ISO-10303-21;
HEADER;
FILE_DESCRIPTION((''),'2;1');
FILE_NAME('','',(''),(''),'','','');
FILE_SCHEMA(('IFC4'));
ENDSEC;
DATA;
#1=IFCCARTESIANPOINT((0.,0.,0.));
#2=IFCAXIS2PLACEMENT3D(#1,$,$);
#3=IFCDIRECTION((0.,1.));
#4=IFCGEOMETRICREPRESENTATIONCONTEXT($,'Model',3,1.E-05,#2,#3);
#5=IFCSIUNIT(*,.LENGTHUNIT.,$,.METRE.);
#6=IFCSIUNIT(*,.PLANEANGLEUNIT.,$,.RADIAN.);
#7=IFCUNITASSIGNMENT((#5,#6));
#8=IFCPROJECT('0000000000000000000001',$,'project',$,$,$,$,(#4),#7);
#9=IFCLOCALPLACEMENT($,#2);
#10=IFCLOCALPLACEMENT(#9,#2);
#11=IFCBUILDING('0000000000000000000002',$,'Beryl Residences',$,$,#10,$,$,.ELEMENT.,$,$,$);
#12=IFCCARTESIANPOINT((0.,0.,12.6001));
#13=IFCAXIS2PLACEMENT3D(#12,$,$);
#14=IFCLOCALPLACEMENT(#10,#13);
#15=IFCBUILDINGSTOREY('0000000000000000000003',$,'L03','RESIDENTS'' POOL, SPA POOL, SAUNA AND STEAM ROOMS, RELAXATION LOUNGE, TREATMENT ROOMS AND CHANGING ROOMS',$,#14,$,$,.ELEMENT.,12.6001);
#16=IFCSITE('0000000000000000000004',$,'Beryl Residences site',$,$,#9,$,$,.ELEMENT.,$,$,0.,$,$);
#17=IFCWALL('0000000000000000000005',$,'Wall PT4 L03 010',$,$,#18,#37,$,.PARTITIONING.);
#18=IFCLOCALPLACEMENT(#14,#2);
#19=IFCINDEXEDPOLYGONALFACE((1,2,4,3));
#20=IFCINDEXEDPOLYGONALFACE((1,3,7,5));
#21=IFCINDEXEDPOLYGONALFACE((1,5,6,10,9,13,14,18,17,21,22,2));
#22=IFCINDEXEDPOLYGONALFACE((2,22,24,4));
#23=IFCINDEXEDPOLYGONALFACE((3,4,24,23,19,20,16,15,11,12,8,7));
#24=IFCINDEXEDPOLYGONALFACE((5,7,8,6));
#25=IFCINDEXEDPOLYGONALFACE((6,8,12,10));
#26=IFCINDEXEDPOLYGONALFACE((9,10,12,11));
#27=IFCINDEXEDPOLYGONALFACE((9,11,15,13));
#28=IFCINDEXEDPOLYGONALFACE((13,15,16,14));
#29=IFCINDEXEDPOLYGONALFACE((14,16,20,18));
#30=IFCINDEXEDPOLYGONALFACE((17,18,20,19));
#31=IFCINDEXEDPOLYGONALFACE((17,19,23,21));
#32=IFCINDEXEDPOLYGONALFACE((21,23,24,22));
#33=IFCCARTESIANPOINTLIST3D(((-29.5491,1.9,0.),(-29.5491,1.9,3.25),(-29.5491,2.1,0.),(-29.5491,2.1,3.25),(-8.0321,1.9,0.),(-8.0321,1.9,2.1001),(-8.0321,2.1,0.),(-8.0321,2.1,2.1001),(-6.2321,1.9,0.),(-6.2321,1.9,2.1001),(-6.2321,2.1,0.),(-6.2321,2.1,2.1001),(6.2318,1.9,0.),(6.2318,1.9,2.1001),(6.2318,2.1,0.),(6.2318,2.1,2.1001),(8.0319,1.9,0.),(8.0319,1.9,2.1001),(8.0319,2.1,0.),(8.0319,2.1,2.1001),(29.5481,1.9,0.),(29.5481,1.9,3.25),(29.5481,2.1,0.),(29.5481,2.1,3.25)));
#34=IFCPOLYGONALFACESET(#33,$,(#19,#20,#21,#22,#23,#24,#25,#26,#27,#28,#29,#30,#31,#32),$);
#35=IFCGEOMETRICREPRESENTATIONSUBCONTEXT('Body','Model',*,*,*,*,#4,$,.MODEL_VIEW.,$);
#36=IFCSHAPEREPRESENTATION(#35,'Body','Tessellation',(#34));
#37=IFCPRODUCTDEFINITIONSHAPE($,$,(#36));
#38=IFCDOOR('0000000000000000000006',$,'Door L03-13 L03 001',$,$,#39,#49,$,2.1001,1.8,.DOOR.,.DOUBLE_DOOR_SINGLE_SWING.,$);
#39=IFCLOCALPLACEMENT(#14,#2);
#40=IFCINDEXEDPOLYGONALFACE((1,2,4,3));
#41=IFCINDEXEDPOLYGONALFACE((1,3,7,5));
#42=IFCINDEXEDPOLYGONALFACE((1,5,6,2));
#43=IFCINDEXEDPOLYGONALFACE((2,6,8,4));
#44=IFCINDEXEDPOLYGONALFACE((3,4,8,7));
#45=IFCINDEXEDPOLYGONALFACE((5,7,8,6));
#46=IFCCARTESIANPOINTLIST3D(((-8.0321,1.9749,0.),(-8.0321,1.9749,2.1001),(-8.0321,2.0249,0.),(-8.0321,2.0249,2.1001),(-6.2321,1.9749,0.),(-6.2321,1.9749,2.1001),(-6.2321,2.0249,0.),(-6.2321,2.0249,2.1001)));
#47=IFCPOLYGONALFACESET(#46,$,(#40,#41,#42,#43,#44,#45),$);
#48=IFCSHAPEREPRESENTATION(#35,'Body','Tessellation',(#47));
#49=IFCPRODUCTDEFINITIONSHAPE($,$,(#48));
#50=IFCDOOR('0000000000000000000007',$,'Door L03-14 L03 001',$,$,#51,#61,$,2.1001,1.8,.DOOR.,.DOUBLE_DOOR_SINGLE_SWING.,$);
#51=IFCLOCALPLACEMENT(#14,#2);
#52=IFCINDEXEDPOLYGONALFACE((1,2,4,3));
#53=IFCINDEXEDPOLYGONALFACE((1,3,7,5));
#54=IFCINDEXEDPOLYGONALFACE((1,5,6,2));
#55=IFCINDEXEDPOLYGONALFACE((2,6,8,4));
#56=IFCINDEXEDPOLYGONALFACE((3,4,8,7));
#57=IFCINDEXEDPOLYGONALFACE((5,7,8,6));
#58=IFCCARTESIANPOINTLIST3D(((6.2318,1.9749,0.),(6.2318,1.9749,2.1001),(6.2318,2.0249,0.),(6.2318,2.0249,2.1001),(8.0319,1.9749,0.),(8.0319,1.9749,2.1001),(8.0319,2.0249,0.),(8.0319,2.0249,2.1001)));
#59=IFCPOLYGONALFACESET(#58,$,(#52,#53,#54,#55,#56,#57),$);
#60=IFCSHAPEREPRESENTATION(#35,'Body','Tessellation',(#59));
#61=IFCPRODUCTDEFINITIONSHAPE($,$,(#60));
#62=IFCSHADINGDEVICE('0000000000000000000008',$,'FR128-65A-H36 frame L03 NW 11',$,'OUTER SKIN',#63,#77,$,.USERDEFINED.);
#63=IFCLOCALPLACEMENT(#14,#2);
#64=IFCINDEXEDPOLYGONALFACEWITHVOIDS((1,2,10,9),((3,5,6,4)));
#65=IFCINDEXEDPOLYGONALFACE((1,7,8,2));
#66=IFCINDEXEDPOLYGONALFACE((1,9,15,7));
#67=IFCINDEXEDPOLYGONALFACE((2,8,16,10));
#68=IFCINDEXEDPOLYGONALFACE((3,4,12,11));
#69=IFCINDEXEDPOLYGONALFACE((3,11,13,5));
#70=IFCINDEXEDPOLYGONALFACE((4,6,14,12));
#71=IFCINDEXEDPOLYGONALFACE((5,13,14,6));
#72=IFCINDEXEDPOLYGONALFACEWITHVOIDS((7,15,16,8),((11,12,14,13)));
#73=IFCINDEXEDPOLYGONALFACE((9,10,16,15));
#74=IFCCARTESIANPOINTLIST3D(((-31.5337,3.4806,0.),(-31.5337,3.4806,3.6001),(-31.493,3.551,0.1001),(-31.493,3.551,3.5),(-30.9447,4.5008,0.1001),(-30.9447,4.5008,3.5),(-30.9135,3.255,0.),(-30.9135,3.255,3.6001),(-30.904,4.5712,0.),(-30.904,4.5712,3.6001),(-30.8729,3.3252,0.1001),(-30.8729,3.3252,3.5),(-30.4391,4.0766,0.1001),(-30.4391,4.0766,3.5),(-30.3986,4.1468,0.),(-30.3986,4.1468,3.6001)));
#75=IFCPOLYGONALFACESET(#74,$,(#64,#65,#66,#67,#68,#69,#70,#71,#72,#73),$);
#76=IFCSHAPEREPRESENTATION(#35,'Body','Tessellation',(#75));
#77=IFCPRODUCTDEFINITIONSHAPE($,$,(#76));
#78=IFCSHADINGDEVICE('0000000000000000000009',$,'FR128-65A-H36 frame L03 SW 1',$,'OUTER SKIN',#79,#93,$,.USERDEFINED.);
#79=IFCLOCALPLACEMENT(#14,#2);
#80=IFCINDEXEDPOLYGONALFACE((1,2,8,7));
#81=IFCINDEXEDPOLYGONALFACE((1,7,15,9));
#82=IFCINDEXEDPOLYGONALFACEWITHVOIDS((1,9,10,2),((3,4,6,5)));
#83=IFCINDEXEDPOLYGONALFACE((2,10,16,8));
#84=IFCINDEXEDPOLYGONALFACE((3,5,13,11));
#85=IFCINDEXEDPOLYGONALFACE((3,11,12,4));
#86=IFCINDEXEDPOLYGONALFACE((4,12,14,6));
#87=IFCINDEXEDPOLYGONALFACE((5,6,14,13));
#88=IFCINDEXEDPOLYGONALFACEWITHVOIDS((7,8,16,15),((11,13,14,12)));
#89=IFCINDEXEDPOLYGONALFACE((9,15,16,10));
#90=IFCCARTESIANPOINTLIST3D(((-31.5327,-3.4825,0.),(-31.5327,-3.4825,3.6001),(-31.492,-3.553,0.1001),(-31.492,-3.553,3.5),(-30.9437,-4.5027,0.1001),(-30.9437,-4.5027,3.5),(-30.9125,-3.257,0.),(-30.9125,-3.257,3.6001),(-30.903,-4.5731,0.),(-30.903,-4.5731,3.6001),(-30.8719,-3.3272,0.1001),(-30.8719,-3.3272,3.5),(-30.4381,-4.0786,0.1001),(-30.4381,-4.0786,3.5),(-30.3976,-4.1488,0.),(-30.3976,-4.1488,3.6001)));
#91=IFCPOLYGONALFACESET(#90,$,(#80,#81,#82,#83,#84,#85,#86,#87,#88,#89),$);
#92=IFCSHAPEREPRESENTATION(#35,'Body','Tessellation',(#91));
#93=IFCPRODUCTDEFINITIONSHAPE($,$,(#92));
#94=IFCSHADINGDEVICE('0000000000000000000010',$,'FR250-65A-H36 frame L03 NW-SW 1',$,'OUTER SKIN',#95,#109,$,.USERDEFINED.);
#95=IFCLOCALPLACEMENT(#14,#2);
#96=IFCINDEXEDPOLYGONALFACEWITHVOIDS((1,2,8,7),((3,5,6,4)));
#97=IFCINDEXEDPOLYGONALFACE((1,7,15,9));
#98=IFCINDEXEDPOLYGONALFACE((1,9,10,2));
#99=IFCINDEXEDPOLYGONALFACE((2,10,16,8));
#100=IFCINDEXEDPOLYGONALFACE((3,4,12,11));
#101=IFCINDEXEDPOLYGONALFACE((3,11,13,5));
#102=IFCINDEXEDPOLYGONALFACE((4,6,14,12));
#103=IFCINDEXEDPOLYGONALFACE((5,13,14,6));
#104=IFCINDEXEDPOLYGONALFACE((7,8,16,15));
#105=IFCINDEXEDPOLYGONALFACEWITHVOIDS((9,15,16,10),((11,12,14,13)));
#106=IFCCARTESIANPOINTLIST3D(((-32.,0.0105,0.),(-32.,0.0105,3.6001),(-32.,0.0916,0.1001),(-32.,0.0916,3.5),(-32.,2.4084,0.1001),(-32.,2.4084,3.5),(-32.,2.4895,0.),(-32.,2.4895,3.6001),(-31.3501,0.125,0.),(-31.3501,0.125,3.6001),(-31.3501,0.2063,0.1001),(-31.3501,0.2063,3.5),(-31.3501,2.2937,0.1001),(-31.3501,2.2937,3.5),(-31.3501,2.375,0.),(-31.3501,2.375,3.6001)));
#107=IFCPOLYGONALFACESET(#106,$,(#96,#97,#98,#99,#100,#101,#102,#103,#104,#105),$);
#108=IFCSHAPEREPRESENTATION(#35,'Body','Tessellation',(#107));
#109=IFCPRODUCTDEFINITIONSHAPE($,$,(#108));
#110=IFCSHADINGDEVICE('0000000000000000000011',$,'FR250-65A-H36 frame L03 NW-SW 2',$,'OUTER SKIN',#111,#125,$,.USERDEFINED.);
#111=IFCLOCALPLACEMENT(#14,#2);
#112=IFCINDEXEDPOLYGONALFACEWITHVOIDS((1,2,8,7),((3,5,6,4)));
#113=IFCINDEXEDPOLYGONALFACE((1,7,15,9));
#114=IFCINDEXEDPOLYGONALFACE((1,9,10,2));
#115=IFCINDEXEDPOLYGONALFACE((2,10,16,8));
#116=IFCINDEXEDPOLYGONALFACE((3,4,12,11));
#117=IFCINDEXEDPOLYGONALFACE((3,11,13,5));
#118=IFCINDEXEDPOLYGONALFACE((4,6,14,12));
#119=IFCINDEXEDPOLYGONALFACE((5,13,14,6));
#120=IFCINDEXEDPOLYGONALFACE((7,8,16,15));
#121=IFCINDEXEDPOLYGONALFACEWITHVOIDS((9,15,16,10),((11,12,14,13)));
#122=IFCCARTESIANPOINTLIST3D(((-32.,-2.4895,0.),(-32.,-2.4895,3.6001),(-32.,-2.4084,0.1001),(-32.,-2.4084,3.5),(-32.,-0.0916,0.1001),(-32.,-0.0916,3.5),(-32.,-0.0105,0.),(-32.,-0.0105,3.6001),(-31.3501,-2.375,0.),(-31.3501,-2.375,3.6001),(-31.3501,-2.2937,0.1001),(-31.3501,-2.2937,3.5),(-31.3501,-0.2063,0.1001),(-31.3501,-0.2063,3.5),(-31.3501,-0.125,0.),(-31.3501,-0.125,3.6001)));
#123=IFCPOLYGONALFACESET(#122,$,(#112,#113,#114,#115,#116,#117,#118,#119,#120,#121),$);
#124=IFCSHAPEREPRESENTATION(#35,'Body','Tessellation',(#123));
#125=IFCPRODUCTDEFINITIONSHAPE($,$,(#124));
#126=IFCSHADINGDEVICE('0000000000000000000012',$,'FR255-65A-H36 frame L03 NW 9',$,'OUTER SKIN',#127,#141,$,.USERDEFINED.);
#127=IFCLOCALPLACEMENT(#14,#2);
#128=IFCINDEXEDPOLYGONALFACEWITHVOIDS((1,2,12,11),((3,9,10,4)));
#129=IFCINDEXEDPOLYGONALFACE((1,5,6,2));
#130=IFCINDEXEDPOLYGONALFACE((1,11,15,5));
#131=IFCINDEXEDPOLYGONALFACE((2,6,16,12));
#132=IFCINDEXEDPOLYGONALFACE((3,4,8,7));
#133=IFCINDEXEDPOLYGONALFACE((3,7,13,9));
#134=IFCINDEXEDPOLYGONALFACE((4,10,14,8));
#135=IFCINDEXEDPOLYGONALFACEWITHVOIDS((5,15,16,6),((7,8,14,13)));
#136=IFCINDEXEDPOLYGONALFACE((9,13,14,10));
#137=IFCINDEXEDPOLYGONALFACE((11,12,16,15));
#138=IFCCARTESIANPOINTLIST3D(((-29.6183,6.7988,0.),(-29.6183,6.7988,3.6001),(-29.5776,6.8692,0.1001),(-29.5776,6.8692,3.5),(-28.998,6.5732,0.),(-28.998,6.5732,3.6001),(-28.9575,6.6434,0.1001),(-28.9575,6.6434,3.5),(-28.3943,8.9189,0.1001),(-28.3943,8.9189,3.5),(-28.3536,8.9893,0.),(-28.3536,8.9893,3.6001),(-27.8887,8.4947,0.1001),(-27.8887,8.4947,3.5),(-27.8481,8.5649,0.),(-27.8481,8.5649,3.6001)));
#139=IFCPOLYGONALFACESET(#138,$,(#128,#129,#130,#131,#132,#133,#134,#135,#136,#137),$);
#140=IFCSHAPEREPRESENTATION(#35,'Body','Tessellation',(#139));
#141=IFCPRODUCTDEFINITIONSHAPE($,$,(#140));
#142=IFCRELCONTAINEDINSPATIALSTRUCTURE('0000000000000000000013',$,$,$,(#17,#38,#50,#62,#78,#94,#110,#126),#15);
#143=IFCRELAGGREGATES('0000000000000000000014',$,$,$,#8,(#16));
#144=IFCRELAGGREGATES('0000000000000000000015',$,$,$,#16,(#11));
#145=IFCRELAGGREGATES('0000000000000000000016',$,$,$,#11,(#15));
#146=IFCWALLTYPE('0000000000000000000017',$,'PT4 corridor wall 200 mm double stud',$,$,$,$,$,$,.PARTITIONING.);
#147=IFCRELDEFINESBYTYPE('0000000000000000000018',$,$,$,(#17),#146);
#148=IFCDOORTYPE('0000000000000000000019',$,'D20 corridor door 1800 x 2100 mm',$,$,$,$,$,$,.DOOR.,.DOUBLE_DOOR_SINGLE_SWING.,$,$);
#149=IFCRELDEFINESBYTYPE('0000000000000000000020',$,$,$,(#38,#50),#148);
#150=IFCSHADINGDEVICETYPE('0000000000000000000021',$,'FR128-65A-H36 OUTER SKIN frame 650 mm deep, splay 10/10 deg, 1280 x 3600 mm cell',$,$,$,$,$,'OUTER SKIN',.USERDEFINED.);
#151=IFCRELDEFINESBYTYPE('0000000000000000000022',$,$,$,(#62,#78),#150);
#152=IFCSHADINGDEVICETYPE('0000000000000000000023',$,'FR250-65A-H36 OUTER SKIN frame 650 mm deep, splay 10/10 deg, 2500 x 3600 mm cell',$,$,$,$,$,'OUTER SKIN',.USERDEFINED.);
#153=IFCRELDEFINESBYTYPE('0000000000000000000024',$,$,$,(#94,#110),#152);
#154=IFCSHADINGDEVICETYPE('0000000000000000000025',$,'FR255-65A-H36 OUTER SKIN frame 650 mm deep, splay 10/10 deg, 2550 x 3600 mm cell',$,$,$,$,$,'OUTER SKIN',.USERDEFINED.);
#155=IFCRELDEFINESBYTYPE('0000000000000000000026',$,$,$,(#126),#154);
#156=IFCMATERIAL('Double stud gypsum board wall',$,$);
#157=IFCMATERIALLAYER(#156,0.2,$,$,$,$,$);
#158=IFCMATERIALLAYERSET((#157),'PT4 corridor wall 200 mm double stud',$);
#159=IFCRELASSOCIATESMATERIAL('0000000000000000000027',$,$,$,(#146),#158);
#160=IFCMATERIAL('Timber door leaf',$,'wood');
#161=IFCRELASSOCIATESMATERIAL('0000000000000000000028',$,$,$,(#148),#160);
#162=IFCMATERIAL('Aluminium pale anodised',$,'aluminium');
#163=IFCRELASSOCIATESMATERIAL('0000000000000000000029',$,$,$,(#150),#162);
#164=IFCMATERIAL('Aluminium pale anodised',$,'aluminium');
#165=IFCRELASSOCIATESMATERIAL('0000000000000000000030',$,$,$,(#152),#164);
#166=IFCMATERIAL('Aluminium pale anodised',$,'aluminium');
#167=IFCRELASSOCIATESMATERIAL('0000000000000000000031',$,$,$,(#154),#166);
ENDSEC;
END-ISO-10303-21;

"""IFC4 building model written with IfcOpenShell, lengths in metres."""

from ifc_helpers import new_model, entity, si_unit, direction, frame, frame_2d, origin, place, context, subcontext, project, spatial, rectangle, extrude, source, transform, mapped, material, layer, layer_set, type_object, type_shapes, element, fill, save


model = new_model("IFC4")

# Units and contexts
model_context = context("Model", 3, precision=1e-05, world=origin(), true_north=direction((0.0, 1.0)))
body_context = subcontext(model_context, "Body", "Model", "MODEL_VIEW")
ifc_project = project(units=[si_unit("LENGTHUNIT", "METRE"), si_unit("PLANEANGLEUNIT", "RADIAN")], contexts=[model_context])

# Site, building, storey
site_placement = place(None, origin())
site = spatial("IfcSite", under=ifc_project, at=site_placement, Name="Beryl Residences site", CompositionType="ELEMENT", RefElevation=0.0)
building_placement = place(site_placement, origin())
building = spatial("IfcBuilding", under=site, at=building_placement, Name="Beryl Residences", CompositionType="ELEMENT")
storey_placement = place(building_placement, frame((0.0, 0.0, 12.6001)))
storey = spatial("IfcBuildingStorey", under=building, at=storey_placement, Name="L03", Description="RESIDENTS' POOL, SPA POOL, SAUNA AND STEAM ROOMS, RELAXATION LOUNGE, TREATMENT ROOMS AND CHANGING ROOMS", CompositionType="ELEMENT", Elevation=12.6001)

# Shared definitions
ifc_material_1 = material(Name="Double stud gypsum board wall")
ifc_layer_1 = layer(ifc_material_1, 0.2)
ifc_layer_set_1 = layer_set([ifc_layer_1], Name="PT4 corridor wall 200 mm double stud")
wall_type_1 = type_object("IfcWallType", Name="PT4 corridor wall 200 mm double stud", PredefinedType="PARTITIONING", material=ifc_layer_set_1)

# Wall, openings, doors
wall_1_placement = place(storey_placement, frame((-29.5491, 2.0, 0.0), z_axis=(0.0, 0.0, 1.0), x_axis=(1.0, 0.0, 0.0)))
wall_1 = element("IfcWall", 1, at=wall_1_placement, inside=storey, type_object=wall_type_1, Name="Wall PT4 L03 010", PredefinedType="PARTITIONING", context=body_context, shape_type="SweptSolid", body=[
    extrude(rectangle(XDim=59.0972, YDim=0.2, at=frame_2d((29.5486, 0.0))), origin(), (0.0, 0.0, 1.0), 3.25),
])
opening_1_placement = place(wall_1_placement, frame((21.5171, 0.0, 0.0)))
opening_1 = element("IfcOpeningElement", 2, at=opening_1_placement, cuts=wall_1, PredefinedType="OPENING", context=body_context, shape_type="SweptSolid", body=[
    extrude(rectangle(XDim=1.8, YDim=2.1001, at=frame_2d((0.8999, 1.05))), frame((0.0, 0.1099, 0.0), z_axis=(0.0, -1.0, 0.0), x_axis=(1.0, 0.0, 0.0)), (0.0, 0.0, 1.0), 0.22),
])
opening_2_placement = place(wall_1_placement, frame((35.781, 0.0, 0.0)))
opening_2 = element("IfcOpeningElement", 3, at=opening_2_placement, cuts=wall_1, PredefinedType="OPENING", context=body_context, shape_type="SweptSolid", body=[
    extrude(rectangle(XDim=1.8, YDim=2.1001, at=frame_2d((0.8999, 1.05))), frame((0.0, 0.1099, 0.0), z_axis=(0.0, -1.0, 0.0), x_axis=(1.0, 0.0, 0.0)), (0.0, 0.0, 1.0), 0.22),
])
ifc_material_2 = material(Name="Timber door leaf", Category="wood")
door_type = type_object("IfcDoorType", Name="D20 corridor door 1800 x 2100 mm", OperationType="DOUBLE_DOOR_SINGLE_SWING", PredefinedType="DOOR", material=ifc_material_2)
door_1_placement = place(opening_1_placement, origin())
door_1 = element("IfcDoor", 4, at=door_1_placement, inside=storey, type_object=door_type, Name="Door L03-13 L03 001", OperationType="DOUBLE_DOOR_SINGLE_SWING", OverallHeight=2.1001, OverallWidth=1.8, PredefinedType="DOOR", context=body_context, shape_type="SweptSolid", body=[
    extrude(rectangle(XDim=1.8, YDim=2.1001, at=frame_2d((0.8999, 1.05))), frame((0.0, 0.0249, 0.0), z_axis=(0.0, -1.0, 0.0), x_axis=(1.0, 0.0, 0.0)), (0.0, 0.0, 1.0), 0.05),
])
fill(opening_1, door_1)
door_2_placement = place(opening_2_placement, origin())
door_2 = element("IfcDoor", 5, at=door_2_placement, inside=storey, type_object=door_type, Name="Door L03-14 L03 001", OperationType="DOUBLE_DOOR_SINGLE_SWING", OverallHeight=2.1001, OverallWidth=1.8, PredefinedType="DOOR", context=body_context, shape_type="SweptSolid", body=[
    extrude(rectangle(XDim=1.8, YDim=2.1001, at=frame_2d((0.8999, 1.05))), frame((0.0, 0.0249, 0.0), z_axis=(0.0, -1.0, 0.0), x_axis=(1.0, 0.0, 0.0)), (0.0, 0.0, 1.0), 0.05),
])
fill(opening_2, door_2)

# Shading devices
ifc_material_3 = material(Name="Aluminium pale anodised", Category="aluminium")
shading_device_type_1 = type_object("IfcShadingDeviceType", Name="FR128-65A-H36 OUTER SKIN frame 650 mm deep, splay 10/10 deg, 1280 x 3600 mm cell", ElementType="OUTER SKIN", PredefinedType="USERDEFINED", material=ifc_material_3)
cartesian_point_1 = entity("IfcCartesianPoint", [-0.5149, 0.0])
cartesian_point_2 = entity("IfcCartesianPoint", [-0.4338, 0.1001])
cartesian_point_3 = entity("IfcCartesianPoint", [-0.6296, 0.0])
cartesian_point_4 = entity("IfcCartesianPoint", [-0.5483, 0.1001])
shared_shape_1 = source(origin(), body_context, "Body", "SweptSolid", [
    entity("IfcExtrudedAreaSolidTapered", entity("IfcArbitraryProfileDefWithVoids", "AREA", None, entity("IfcPolyline", [cartesian_point_1, entity("IfcCartesianPoint", [0.5149, 0.0]), entity("IfcCartesianPoint", [0.5149, 3.6001]), entity("IfcCartesianPoint", [-0.5149, 3.6001]), cartesian_point_1]), [entity("IfcPolyline", [cartesian_point_2, entity("IfcCartesianPoint", [0.4338, 0.1001]), entity("IfcCartesianPoint", [0.4338, 3.5]), entity("IfcCartesianPoint", [-0.4338, 3.5]), cartesian_point_2])]), entity("IfcAxis2Placement3D", entity("IfcCartesianPoint", [0.0, 0.0, 0.0]), entity("IfcDirection", [0.0, 1.0, 0.0]), entity("IfcDirection", [-1.0, 0.0, 0.0])), entity("IfcDirection", [0.0, 0.0, 1.0]), 0.6499, entity("IfcArbitraryProfileDefWithVoids", "AREA", None, entity("IfcPolyline", [cartesian_point_3, entity("IfcCartesianPoint", [0.6296, 0.0]), entity("IfcCartesianPoint", [0.6296, 3.6001]), entity("IfcCartesianPoint", [-0.6296, 3.6001]), cartesian_point_3]), [entity("IfcPolyline", [cartesian_point_4, entity("IfcCartesianPoint", [0.5483, 0.1001]), entity("IfcCartesianPoint", [0.5483, 3.5]), entity("IfcCartesianPoint", [-0.5483, 3.5]), cartesian_point_4])])),
])
type_shapes(shading_device_type_1, [shared_shape_1])
for number, where, z_axis, x_axis, name in (
    (6, (-30.656, 3.7009, 0.0), (0.0, 0.0, 1.0), (0.5, 0.866025, 0.0), "FR128-65A-H36 frame L03 NW 11"),
    (7, (-30.655, -3.7029, 0.0), (0.0, 0.0, 1.0), (-0.5, 0.866025, 0.0), "FR128-65A-H36 frame L03 SW 1"),
):
    element("IfcShadingDevice", number, at=place(storey_placement, frame(where, z_axis=z_axis, x_axis=x_axis)), inside=storey, type_object=shading_device_type_1, Name=name, ObjectType="OUTER SKIN", PredefinedType="USERDEFINED", context=body_context, shape_type="MappedRepresentation", body=[
        mapped(shared_shape_1, transform((0.0, 0.0, 0.0))),
    ])
ifc_material_4 = material(Name="Aluminium pale anodised", Category="aluminium")
shading_device_type_2 = type_object("IfcShadingDeviceType", Name="FR250-65A-H36 OUTER SKIN frame 650 mm deep, splay 10/10 deg, 2500 x 3600 mm cell", ElementType="OUTER SKIN", PredefinedType="USERDEFINED", material=ifc_material_4)
cartesian_point_5 = entity("IfcCartesianPoint", [-1.125, 0.0])
cartesian_point_6 = entity("IfcCartesianPoint", [-1.0437, 0.1001])
cartesian_point_7 = entity("IfcCartesianPoint", [-1.2395, 0.0])
cartesian_point_8 = entity("IfcCartesianPoint", [-1.1584, 0.1001])
shared_shape_2 = source(origin(), body_context, "Body", "SweptSolid", [
    entity("IfcExtrudedAreaSolidTapered", entity("IfcArbitraryProfileDefWithVoids", "AREA", None, entity("IfcPolyline", [cartesian_point_5, entity("IfcCartesianPoint", [1.125, 0.0]), entity("IfcCartesianPoint", [1.125, 3.6001]), entity("IfcCartesianPoint", [-1.125, 3.6001]), cartesian_point_5]), [entity("IfcPolyline", [cartesian_point_6, entity("IfcCartesianPoint", [1.0437, 0.1001]), entity("IfcCartesianPoint", [1.0437, 3.5]), entity("IfcCartesianPoint", [-1.0437, 3.5]), cartesian_point_6])]), entity("IfcAxis2Placement3D", entity("IfcCartesianPoint", [0.0, 0.0, 0.0]), entity("IfcDirection", [0.0, 1.0, 0.0]), entity("IfcDirection", [-1.0, 0.0, 0.0])), entity("IfcDirection", [0.0, 0.0, 1.0]), 0.6499, entity("IfcArbitraryProfileDefWithVoids", "AREA", None, entity("IfcPolyline", [cartesian_point_7, entity("IfcCartesianPoint", [1.2395, 0.0]), entity("IfcCartesianPoint", [1.2395, 3.6001]), entity("IfcCartesianPoint", [-1.2395, 3.6001]), cartesian_point_7]), [entity("IfcPolyline", [cartesian_point_8, entity("IfcCartesianPoint", [1.1584, 0.1001]), entity("IfcCartesianPoint", [1.1584, 3.5]), entity("IfcCartesianPoint", [-1.1584, 3.5]), cartesian_point_8])])),
])
type_shapes(shading_device_type_2, [shared_shape_2])
for number, where, z_axis, x_axis, name in (
    (8, (-31.3501, 1.25, 0.0), (0.0, 0.0, 1.0), (0.0, 1.0, 0.0), "FR250-65A-H36 frame L03 NW-SW 1"),
    (9, (-31.3501, -1.25, 0.0), (0.0, 0.0, 1.0), (0.0, 1.0, 0.0), "FR250-65A-H36 frame L03 NW-SW 2"),
):
    element("IfcShadingDevice", number, at=place(storey_placement, frame(where, z_axis=z_axis, x_axis=x_axis)), inside=storey, type_object=shading_device_type_2, Name=name, ObjectType="OUTER SKIN", PredefinedType="USERDEFINED", context=body_context, shape_type="MappedRepresentation", body=[
        mapped(shared_shape_2, transform((0.0, 0.0, 0.0))),
    ])
ifc_material_5 = material(Name="Aluminium pale anodised", Category="aluminium")
shading_device_type_3 = type_object("IfcShadingDeviceType", Name="FR255-65A-H36 OUTER SKIN frame 650 mm deep, splay 10/10 deg, 2550 x 3600 mm cell", ElementType="OUTER SKIN", PredefinedType="USERDEFINED", material=ifc_material_5)
cartesian_point_9 = entity("IfcCartesianPoint", [-1.1499, 0.0])
cartesian_point_10 = entity("IfcCartesianPoint", [-1.0688, 0.1001])
cartesian_point_11 = entity("IfcCartesianPoint", [-1.2646, 0.0])
cartesian_point_12 = entity("IfcCartesianPoint", [-1.1833, 0.1001])
shared_shape_3 = source(origin(), body_context, "Body", "SweptSolid", [
    entity("IfcExtrudedAreaSolidTapered", entity("IfcArbitraryProfileDefWithVoids", "AREA", None, entity("IfcPolyline", [cartesian_point_9, entity("IfcCartesianPoint", [1.1499, 0.0]), entity("IfcCartesianPoint", [1.1499, 3.6001]), entity("IfcCartesianPoint", [-1.1499, 3.6001]), cartesian_point_9]), [entity("IfcPolyline", [cartesian_point_10, entity("IfcCartesianPoint", [1.0688, 0.1001]), entity("IfcCartesianPoint", [1.0688, 3.5]), entity("IfcCartesianPoint", [-1.0688, 3.5]), cartesian_point_10])]), entity("IfcAxis2Placement3D", entity("IfcCartesianPoint", [0.0, 0.0, 0.0]), entity("IfcDirection", [0.0, 1.0, 0.0]), entity("IfcDirection", [-1.0, 0.0, 0.0])), entity("IfcDirection", [0.0, 0.0, 1.0]), 0.6499, entity("IfcArbitraryProfileDefWithVoids", "AREA", None, entity("IfcPolyline", [cartesian_point_11, entity("IfcCartesianPoint", [1.2646, 0.0]), entity("IfcCartesianPoint", [1.2646, 3.6001]), entity("IfcCartesianPoint", [-1.2646, 3.6001]), cartesian_point_11]), [entity("IfcPolyline", [cartesian_point_12, entity("IfcCartesianPoint", [1.1833, 0.1001]), entity("IfcCartesianPoint", [1.1833, 3.5]), entity("IfcCartesianPoint", [-1.1833, 3.5]), cartesian_point_12])])),
])
type_shapes(shading_device_type_3, [shared_shape_3])
for number, where, z_axis, x_axis, name in (
    (10, (-28.4231, 7.5691, 0.0), (0.0, 0.0, 1.0), (0.5, 0.866025, 0.0), "FR255-65A-H36 frame L03 NW 9"),
):
    element("IfcShadingDevice", number, at=place(storey_placement, frame(where, z_axis=z_axis, x_axis=x_axis)), inside=storey, type_object=shading_device_type_3, Name=name, ObjectType="OUTER SKIN", PredefinedType="USERDEFINED", context=body_context, shape_type="MappedRepresentation", body=[
        mapped(shared_shape_3, transform((0.0, 0.0, 0.0))),
    ])

save(model, "model.ifc")
